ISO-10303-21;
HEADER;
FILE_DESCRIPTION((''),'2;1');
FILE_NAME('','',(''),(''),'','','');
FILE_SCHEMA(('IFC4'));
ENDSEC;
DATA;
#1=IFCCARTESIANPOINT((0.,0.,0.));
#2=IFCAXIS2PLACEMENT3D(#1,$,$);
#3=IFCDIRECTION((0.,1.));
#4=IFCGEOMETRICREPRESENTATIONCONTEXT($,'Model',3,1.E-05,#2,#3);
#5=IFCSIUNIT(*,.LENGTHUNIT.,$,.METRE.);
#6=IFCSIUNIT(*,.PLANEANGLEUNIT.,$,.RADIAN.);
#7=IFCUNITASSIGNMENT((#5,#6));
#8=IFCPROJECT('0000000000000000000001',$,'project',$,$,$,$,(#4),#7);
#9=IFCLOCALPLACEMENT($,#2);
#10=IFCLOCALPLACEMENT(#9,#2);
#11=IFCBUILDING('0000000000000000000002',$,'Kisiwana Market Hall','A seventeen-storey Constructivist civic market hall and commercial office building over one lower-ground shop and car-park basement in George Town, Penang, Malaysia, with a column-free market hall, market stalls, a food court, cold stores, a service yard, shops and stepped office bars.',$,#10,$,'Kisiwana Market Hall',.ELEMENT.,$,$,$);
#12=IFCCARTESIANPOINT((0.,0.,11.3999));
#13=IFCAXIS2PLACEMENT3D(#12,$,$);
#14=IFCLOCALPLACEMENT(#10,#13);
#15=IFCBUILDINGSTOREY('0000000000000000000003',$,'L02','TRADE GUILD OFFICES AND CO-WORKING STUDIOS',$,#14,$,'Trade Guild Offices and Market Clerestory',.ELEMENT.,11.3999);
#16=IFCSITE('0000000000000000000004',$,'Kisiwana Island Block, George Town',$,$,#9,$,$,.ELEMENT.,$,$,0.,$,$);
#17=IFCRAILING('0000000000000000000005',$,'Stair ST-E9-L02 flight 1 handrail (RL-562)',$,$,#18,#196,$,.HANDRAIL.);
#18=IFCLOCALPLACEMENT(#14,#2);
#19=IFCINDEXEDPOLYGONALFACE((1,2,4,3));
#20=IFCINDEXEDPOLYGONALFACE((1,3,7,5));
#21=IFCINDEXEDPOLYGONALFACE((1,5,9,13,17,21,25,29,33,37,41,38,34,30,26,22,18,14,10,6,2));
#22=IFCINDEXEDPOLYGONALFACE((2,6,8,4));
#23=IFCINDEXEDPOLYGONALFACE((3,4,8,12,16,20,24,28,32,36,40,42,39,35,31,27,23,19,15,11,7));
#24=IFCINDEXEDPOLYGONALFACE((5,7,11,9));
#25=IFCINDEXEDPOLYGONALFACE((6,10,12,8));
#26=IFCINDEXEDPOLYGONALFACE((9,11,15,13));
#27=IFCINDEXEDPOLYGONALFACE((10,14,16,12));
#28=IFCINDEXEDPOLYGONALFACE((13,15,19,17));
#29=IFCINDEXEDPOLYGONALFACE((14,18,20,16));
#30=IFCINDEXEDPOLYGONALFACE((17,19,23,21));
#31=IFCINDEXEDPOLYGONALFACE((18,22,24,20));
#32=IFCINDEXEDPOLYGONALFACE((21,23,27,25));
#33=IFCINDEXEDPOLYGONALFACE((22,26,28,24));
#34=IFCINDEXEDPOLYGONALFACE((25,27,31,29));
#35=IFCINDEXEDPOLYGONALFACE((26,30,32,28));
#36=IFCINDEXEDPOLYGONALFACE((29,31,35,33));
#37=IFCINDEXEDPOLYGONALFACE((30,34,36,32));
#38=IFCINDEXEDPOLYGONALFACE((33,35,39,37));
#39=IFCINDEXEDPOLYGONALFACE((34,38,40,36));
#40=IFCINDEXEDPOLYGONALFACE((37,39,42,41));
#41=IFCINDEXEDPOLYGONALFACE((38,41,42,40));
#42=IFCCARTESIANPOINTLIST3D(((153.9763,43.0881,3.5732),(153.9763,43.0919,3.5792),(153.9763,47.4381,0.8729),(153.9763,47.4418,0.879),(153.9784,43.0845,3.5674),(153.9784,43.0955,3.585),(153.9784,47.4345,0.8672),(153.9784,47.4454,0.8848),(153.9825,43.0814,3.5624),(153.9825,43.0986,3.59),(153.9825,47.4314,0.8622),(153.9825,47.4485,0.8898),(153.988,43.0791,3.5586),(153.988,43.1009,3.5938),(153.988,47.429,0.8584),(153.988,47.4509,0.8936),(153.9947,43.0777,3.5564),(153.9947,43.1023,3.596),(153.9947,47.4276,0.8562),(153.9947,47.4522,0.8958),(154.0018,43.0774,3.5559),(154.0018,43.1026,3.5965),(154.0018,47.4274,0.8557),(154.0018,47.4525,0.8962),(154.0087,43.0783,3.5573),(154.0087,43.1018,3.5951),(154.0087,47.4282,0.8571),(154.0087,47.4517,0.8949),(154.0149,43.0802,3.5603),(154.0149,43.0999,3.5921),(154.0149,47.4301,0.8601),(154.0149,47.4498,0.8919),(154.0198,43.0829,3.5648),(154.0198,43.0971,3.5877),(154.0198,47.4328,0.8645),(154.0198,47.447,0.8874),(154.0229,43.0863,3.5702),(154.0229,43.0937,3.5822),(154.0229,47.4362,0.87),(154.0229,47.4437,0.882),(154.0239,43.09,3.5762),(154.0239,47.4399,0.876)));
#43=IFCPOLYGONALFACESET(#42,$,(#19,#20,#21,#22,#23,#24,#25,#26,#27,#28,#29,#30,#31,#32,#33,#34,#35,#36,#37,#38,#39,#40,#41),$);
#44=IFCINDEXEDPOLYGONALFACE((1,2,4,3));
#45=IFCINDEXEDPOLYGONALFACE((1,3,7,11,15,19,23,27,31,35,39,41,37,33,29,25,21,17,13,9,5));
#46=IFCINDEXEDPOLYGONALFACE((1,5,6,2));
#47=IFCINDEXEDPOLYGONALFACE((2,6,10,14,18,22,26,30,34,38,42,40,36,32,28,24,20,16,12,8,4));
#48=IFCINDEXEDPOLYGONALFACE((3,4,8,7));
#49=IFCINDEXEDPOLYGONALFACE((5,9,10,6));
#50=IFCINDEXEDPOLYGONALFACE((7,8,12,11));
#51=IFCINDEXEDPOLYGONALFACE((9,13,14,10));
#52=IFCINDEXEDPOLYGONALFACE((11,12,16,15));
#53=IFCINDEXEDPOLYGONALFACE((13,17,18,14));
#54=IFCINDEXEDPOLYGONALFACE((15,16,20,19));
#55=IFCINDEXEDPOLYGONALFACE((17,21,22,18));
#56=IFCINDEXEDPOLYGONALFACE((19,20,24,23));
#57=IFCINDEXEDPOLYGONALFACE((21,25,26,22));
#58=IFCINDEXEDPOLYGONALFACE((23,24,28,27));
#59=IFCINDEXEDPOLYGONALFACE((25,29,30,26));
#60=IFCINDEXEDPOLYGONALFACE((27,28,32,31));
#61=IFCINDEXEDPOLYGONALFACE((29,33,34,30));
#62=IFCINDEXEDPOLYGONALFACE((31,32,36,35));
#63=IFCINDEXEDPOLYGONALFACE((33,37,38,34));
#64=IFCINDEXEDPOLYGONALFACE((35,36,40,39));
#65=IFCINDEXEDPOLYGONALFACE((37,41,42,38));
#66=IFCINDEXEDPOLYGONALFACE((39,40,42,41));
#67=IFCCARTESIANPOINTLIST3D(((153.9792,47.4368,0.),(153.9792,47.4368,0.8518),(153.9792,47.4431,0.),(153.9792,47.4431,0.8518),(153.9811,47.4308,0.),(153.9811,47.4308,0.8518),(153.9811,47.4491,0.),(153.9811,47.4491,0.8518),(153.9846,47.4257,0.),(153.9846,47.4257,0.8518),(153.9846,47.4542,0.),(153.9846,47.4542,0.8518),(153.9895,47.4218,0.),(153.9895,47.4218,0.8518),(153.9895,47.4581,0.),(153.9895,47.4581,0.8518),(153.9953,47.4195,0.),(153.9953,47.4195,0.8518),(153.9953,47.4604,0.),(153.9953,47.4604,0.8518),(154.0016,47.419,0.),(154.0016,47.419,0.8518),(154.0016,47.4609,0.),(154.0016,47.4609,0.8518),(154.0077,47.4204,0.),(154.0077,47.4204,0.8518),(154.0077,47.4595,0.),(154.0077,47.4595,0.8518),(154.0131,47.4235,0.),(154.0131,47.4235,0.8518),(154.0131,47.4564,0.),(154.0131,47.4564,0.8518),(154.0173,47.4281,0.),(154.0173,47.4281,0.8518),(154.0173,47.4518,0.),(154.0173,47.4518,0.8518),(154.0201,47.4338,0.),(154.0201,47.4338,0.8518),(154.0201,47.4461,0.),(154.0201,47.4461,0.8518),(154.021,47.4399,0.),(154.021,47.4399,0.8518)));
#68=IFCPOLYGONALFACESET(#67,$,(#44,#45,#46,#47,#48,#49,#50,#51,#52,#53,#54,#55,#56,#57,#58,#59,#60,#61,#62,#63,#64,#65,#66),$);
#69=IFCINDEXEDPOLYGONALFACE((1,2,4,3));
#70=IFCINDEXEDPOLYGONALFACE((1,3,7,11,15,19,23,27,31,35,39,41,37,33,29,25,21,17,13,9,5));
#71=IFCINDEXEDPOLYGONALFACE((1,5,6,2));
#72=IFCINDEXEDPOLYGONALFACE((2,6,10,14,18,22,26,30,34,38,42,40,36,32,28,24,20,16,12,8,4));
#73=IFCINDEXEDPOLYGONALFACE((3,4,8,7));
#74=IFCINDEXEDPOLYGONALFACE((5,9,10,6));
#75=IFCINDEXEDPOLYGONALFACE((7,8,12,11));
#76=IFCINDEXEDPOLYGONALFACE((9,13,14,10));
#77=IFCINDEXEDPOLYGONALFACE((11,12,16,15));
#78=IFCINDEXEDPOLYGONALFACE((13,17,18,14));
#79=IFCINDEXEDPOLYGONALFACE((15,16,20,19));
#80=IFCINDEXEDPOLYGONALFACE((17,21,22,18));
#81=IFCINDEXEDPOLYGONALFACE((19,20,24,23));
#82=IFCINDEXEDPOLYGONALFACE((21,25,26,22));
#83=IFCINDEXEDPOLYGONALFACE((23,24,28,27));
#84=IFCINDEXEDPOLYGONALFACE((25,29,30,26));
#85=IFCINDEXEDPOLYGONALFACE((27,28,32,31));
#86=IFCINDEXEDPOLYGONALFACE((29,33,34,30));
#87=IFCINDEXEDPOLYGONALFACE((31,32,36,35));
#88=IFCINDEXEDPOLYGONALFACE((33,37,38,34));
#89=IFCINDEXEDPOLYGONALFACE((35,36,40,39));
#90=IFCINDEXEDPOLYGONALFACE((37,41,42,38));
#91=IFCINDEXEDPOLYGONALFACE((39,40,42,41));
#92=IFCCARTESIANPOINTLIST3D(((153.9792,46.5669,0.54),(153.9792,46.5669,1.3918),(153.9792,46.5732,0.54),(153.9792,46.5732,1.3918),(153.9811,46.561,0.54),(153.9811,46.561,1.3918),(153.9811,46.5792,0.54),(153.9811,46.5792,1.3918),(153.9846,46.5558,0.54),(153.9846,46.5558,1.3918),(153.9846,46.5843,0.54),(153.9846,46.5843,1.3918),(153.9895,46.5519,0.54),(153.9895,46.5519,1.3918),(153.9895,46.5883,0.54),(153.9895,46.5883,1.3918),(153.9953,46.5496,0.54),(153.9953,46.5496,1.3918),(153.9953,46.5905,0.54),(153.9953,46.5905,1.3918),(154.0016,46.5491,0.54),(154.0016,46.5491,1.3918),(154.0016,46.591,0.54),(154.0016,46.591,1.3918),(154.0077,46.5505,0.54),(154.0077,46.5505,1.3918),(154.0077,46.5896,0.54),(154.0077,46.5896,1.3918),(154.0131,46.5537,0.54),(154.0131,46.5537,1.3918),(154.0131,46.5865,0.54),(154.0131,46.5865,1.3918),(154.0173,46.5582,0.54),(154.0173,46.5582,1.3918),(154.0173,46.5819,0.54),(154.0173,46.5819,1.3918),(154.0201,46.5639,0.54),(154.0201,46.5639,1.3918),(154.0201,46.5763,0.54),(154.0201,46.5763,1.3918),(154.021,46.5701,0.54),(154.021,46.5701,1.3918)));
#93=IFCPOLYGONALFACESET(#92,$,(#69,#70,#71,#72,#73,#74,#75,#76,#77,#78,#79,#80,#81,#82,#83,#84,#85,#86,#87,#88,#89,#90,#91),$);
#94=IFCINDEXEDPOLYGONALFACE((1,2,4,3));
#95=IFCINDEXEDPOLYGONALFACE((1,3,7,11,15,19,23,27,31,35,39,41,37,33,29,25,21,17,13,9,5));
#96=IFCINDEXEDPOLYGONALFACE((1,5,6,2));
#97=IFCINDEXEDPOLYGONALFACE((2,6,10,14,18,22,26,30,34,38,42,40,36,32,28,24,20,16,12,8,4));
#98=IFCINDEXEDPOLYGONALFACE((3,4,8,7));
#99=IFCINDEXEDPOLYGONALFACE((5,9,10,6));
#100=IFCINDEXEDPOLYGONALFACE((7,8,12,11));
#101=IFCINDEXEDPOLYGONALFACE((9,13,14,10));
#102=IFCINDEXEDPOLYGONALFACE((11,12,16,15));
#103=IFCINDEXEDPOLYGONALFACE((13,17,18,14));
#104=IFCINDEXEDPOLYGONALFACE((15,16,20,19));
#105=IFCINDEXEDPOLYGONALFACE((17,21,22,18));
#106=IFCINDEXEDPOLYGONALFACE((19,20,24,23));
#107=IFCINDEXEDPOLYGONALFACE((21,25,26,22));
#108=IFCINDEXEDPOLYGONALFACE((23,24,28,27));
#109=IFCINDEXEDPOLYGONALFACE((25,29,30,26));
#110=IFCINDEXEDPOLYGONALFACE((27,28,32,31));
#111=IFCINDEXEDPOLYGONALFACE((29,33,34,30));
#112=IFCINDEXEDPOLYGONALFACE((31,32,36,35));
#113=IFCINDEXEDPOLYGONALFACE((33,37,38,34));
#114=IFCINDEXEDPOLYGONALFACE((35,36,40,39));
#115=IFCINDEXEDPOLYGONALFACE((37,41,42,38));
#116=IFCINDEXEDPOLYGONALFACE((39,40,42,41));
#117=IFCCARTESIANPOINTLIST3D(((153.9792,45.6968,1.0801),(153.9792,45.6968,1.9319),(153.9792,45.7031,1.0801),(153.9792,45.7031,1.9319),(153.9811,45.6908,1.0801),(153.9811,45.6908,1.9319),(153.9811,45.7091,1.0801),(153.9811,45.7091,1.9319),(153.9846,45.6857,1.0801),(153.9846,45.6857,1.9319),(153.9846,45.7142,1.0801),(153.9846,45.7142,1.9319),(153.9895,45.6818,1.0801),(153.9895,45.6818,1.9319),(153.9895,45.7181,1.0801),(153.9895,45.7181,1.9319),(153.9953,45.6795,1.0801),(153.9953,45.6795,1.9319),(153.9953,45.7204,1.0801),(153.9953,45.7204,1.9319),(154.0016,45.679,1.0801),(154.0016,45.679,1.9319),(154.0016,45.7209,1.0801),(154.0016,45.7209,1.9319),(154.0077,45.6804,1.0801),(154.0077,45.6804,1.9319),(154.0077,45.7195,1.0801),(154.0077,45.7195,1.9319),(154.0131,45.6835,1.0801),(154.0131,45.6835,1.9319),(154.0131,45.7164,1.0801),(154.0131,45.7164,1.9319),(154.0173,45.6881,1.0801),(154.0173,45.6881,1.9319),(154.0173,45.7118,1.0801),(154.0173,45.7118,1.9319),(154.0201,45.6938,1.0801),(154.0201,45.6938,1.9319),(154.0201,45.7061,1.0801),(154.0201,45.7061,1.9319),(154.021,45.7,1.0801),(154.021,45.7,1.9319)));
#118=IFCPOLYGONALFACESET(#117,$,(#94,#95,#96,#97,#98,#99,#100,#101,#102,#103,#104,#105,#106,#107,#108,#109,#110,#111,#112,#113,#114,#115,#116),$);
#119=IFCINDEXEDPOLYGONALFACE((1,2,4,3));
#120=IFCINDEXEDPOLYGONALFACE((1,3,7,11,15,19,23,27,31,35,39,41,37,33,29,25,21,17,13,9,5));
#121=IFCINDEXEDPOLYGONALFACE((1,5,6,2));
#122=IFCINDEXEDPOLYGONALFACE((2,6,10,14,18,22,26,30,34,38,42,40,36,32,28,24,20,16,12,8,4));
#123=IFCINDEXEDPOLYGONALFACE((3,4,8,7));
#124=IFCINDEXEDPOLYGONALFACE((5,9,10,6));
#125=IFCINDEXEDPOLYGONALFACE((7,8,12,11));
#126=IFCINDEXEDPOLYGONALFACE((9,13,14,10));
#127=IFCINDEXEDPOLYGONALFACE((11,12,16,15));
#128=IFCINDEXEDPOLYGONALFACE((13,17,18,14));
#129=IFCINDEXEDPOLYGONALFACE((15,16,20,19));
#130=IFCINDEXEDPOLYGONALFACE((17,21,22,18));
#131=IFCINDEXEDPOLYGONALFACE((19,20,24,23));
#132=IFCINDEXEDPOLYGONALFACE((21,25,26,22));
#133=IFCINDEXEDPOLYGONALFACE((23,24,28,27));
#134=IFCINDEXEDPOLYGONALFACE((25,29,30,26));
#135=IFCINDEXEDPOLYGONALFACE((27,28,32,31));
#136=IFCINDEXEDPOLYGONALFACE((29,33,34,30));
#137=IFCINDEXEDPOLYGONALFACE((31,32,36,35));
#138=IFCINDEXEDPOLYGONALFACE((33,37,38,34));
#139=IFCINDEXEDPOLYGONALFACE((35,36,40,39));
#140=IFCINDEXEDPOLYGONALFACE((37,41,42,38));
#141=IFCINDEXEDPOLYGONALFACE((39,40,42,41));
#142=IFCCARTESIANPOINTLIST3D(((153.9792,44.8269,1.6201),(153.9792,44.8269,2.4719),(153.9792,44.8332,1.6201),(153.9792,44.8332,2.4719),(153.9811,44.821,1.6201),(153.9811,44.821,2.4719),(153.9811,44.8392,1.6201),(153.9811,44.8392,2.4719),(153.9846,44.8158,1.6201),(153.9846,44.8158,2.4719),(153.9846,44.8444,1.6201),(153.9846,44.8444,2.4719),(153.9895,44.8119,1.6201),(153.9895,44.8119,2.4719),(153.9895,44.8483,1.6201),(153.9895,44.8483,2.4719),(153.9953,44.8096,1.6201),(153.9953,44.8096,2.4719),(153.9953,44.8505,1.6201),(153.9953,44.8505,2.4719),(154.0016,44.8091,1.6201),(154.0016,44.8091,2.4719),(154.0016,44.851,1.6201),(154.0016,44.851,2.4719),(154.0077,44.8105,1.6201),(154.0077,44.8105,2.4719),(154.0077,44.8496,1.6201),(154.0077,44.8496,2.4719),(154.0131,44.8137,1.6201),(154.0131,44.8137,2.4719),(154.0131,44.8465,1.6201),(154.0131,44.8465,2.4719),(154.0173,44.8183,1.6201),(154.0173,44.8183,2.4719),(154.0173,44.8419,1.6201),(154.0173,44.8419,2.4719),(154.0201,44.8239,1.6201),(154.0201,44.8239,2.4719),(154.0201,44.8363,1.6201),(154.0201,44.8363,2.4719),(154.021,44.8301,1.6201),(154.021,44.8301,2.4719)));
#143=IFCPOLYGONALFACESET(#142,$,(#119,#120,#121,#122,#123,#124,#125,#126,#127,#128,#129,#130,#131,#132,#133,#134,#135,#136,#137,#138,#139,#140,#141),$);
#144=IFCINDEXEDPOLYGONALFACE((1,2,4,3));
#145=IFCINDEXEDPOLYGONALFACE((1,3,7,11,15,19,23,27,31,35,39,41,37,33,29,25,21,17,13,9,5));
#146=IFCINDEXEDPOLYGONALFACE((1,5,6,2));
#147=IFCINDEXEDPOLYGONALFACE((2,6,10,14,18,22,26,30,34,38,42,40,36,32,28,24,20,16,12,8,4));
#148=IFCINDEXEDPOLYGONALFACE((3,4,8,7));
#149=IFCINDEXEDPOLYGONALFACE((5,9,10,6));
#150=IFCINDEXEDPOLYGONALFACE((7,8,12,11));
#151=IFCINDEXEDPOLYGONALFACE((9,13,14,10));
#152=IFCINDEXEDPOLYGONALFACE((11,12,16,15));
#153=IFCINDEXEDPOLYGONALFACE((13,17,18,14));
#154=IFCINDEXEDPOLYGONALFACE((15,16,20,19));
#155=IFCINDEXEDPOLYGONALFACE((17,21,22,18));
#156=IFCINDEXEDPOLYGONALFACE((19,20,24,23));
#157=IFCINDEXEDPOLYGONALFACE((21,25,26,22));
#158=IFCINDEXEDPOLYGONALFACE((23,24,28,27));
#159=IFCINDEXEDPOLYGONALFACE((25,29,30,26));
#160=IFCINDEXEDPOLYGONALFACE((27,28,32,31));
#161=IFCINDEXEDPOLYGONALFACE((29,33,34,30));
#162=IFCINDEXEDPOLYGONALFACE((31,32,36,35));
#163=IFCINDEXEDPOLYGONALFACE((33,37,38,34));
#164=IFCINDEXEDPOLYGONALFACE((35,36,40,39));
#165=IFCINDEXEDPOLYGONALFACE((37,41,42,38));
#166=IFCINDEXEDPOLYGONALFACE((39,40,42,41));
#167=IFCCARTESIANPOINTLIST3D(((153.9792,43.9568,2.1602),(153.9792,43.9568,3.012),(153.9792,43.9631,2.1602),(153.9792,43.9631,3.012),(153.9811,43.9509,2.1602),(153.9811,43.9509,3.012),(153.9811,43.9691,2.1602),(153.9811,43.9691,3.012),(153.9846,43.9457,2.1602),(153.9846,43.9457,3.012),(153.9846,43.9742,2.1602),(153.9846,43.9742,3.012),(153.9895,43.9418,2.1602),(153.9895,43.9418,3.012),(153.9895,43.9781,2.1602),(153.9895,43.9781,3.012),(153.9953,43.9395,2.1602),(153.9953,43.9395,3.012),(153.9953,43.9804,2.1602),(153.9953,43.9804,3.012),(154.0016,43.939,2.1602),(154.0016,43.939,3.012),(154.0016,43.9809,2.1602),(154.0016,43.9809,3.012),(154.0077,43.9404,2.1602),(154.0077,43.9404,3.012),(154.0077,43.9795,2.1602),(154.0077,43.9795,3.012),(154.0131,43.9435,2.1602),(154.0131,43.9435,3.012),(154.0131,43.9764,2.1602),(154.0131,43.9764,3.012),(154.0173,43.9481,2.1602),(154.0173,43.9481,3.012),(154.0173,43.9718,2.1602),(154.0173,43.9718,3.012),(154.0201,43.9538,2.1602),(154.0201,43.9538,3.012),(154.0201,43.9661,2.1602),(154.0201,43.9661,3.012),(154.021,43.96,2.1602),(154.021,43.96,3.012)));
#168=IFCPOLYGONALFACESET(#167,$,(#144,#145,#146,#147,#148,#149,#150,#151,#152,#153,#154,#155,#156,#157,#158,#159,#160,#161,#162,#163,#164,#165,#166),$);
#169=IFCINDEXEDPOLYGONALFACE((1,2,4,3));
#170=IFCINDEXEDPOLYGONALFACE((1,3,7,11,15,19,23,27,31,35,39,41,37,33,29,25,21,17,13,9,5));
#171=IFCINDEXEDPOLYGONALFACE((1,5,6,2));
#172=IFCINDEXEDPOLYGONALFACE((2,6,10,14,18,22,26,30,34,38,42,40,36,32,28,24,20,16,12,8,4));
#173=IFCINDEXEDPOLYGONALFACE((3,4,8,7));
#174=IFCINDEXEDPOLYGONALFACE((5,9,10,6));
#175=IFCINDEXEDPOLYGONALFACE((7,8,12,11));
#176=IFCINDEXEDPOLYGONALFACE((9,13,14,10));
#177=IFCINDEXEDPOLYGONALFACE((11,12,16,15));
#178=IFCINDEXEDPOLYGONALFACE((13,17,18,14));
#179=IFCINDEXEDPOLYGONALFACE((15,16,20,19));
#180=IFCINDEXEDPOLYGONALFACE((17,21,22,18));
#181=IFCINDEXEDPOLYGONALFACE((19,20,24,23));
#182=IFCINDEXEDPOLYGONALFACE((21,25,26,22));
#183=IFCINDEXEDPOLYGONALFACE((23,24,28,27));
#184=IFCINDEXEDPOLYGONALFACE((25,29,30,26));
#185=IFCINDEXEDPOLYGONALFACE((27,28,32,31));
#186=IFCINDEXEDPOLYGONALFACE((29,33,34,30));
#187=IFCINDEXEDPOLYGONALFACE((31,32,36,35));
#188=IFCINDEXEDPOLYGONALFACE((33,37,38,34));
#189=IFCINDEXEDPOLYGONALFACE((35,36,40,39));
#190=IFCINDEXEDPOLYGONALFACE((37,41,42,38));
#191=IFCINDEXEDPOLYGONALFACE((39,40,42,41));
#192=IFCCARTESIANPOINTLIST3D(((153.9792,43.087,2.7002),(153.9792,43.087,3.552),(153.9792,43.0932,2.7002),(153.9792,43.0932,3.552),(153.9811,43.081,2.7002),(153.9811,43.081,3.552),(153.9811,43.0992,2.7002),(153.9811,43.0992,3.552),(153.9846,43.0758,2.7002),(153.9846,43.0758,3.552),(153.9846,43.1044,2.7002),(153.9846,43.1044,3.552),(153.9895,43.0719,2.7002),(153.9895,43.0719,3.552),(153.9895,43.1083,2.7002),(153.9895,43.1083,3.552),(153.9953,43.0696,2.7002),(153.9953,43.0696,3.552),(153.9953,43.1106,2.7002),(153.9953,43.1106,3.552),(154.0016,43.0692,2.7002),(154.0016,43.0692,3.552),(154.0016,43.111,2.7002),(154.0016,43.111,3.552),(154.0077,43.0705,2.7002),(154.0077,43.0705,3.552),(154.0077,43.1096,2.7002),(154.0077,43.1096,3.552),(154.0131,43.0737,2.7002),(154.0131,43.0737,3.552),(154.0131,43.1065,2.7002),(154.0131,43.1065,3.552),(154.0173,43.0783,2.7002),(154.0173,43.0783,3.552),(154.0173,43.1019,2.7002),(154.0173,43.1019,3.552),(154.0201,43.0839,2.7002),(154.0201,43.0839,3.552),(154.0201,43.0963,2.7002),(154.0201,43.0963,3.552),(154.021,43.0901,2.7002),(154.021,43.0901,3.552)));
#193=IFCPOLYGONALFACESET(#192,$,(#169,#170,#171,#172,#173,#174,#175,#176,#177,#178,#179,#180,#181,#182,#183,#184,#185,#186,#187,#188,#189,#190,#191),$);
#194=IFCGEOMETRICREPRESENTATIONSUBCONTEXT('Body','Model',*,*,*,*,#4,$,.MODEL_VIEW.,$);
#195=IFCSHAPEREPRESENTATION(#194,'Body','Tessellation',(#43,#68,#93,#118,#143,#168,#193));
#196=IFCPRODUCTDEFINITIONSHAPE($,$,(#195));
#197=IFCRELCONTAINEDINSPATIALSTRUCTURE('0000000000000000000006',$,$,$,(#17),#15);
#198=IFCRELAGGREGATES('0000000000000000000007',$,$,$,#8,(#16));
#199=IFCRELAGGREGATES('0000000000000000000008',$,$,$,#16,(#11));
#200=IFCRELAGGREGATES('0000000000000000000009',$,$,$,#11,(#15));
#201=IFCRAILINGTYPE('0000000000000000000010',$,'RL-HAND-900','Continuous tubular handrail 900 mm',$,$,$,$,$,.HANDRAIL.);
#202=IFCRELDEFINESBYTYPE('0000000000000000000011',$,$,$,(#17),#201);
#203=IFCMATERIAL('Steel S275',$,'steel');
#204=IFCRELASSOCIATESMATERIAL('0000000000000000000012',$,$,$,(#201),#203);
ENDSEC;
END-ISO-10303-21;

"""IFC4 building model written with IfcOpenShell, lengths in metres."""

from ifc_helpers import new_model, si_unit, direction, frame, origin, origin_2d, place, context, subcontext, project, spatial, circle, extrude, material, type_object, element, save


model = new_model("IFC4")

# Units and contexts
model_context = context("Model", 3, precision=1e-05, world=origin(), true_north=direction((0.0, 1.0)))
body_context = subcontext(model_context, "Body", "Model", "MODEL_VIEW")
ifc_project = project(units=[si_unit("LENGTHUNIT", "METRE"), si_unit("PLANEANGLEUNIT", "RADIAN")], contexts=[model_context])

# Site, building, storey
site_placement = place(None, origin())
site = spatial("IfcSite", under=ifc_project, at=site_placement, Name="Kisiwana Island Block, George Town", CompositionType="ELEMENT", RefElevation=0.0)
building_placement = place(site_placement, origin())
building = spatial("IfcBuilding", under=site, at=building_placement, Name="Kisiwana Market Hall", Description="A seventeen-storey Constructivist civic market hall and commercial office building over one lower-ground shop and car-park basement in George Town, Penang, Malaysia, with a column-free market hall, market stalls, a food court, cold stores, a service yard, shops and stepped office bars.", LongName="Kisiwana Market Hall", CompositionType="ELEMENT")
storey_placement = place(building_placement, frame((0.0, 0.0, 11.3999)))
storey = spatial("IfcBuildingStorey", under=building, at=storey_placement, Name="L02", Description="TRADE GUILD OFFICES AND CO-WORKING STUDIOS", LongName="Trade Guild Offices and Market Clerestory", CompositionType="ELEMENT", Elevation=11.3999)

# Railing
ifc_material_1 = material(Name="Steel S275", Category="steel")
railing_type_1 = type_object("IfcRailingType", Name="RL-HAND-900", Description="Continuous tubular handrail 900 mm", PredefinedType="HANDRAIL", material=ifc_material_1)
railing_1_placement = place(storey_placement, frame((154.0, 47.4399, 0.0)))
element("IfcRailing", 1, at=railing_1_placement, inside=storey, type_object=railing_type_1, Name="Stair ST-E9-L02 flight 1 handrail (RL-562)", PredefinedType="HANDRAIL", context=body_context, shape_type="SweptSolid", body=[
    extrude(circle(Radius=0.0239, at=origin_2d()), frame((0.0, 0.0, 0.876), z_axis=(0.0, -0.849615, 0.527403), x_axis=(1.0, 0.0, 0.0)), (0.0, 0.0, 1.0), 5.1199),
    extrude(circle(Radius=0.021, at=origin_2d()), origin(), (0.0, 0.0, 1.0), 0.8518),
    extrude(circle(Radius=0.021, at=origin_2d()), frame((0.0, -0.8699, 0.54)), (0.0, 0.0, 1.0), 0.8518),
    extrude(circle(Radius=0.021, at=origin_2d()), frame((0.0, -1.74, 1.0801)), (0.0, 0.0, 1.0), 0.8518),
    extrude(circle(Radius=0.021, at=origin_2d()), frame((0.0, -2.6099, 1.6201)), (0.0, 0.0, 1.0), 0.8518),
    extrude(circle(Radius=0.021, at=origin_2d()), frame((0.0, -3.48, 2.1602)), (0.0, 0.0, 1.0), 0.8518),
    extrude(circle(Radius=0.021, at=origin_2d()), frame((0.0, -4.3499, 2.7002)), (0.0, 0.0, 1.0), 0.8518),
])

save(model, "model.ifc")
